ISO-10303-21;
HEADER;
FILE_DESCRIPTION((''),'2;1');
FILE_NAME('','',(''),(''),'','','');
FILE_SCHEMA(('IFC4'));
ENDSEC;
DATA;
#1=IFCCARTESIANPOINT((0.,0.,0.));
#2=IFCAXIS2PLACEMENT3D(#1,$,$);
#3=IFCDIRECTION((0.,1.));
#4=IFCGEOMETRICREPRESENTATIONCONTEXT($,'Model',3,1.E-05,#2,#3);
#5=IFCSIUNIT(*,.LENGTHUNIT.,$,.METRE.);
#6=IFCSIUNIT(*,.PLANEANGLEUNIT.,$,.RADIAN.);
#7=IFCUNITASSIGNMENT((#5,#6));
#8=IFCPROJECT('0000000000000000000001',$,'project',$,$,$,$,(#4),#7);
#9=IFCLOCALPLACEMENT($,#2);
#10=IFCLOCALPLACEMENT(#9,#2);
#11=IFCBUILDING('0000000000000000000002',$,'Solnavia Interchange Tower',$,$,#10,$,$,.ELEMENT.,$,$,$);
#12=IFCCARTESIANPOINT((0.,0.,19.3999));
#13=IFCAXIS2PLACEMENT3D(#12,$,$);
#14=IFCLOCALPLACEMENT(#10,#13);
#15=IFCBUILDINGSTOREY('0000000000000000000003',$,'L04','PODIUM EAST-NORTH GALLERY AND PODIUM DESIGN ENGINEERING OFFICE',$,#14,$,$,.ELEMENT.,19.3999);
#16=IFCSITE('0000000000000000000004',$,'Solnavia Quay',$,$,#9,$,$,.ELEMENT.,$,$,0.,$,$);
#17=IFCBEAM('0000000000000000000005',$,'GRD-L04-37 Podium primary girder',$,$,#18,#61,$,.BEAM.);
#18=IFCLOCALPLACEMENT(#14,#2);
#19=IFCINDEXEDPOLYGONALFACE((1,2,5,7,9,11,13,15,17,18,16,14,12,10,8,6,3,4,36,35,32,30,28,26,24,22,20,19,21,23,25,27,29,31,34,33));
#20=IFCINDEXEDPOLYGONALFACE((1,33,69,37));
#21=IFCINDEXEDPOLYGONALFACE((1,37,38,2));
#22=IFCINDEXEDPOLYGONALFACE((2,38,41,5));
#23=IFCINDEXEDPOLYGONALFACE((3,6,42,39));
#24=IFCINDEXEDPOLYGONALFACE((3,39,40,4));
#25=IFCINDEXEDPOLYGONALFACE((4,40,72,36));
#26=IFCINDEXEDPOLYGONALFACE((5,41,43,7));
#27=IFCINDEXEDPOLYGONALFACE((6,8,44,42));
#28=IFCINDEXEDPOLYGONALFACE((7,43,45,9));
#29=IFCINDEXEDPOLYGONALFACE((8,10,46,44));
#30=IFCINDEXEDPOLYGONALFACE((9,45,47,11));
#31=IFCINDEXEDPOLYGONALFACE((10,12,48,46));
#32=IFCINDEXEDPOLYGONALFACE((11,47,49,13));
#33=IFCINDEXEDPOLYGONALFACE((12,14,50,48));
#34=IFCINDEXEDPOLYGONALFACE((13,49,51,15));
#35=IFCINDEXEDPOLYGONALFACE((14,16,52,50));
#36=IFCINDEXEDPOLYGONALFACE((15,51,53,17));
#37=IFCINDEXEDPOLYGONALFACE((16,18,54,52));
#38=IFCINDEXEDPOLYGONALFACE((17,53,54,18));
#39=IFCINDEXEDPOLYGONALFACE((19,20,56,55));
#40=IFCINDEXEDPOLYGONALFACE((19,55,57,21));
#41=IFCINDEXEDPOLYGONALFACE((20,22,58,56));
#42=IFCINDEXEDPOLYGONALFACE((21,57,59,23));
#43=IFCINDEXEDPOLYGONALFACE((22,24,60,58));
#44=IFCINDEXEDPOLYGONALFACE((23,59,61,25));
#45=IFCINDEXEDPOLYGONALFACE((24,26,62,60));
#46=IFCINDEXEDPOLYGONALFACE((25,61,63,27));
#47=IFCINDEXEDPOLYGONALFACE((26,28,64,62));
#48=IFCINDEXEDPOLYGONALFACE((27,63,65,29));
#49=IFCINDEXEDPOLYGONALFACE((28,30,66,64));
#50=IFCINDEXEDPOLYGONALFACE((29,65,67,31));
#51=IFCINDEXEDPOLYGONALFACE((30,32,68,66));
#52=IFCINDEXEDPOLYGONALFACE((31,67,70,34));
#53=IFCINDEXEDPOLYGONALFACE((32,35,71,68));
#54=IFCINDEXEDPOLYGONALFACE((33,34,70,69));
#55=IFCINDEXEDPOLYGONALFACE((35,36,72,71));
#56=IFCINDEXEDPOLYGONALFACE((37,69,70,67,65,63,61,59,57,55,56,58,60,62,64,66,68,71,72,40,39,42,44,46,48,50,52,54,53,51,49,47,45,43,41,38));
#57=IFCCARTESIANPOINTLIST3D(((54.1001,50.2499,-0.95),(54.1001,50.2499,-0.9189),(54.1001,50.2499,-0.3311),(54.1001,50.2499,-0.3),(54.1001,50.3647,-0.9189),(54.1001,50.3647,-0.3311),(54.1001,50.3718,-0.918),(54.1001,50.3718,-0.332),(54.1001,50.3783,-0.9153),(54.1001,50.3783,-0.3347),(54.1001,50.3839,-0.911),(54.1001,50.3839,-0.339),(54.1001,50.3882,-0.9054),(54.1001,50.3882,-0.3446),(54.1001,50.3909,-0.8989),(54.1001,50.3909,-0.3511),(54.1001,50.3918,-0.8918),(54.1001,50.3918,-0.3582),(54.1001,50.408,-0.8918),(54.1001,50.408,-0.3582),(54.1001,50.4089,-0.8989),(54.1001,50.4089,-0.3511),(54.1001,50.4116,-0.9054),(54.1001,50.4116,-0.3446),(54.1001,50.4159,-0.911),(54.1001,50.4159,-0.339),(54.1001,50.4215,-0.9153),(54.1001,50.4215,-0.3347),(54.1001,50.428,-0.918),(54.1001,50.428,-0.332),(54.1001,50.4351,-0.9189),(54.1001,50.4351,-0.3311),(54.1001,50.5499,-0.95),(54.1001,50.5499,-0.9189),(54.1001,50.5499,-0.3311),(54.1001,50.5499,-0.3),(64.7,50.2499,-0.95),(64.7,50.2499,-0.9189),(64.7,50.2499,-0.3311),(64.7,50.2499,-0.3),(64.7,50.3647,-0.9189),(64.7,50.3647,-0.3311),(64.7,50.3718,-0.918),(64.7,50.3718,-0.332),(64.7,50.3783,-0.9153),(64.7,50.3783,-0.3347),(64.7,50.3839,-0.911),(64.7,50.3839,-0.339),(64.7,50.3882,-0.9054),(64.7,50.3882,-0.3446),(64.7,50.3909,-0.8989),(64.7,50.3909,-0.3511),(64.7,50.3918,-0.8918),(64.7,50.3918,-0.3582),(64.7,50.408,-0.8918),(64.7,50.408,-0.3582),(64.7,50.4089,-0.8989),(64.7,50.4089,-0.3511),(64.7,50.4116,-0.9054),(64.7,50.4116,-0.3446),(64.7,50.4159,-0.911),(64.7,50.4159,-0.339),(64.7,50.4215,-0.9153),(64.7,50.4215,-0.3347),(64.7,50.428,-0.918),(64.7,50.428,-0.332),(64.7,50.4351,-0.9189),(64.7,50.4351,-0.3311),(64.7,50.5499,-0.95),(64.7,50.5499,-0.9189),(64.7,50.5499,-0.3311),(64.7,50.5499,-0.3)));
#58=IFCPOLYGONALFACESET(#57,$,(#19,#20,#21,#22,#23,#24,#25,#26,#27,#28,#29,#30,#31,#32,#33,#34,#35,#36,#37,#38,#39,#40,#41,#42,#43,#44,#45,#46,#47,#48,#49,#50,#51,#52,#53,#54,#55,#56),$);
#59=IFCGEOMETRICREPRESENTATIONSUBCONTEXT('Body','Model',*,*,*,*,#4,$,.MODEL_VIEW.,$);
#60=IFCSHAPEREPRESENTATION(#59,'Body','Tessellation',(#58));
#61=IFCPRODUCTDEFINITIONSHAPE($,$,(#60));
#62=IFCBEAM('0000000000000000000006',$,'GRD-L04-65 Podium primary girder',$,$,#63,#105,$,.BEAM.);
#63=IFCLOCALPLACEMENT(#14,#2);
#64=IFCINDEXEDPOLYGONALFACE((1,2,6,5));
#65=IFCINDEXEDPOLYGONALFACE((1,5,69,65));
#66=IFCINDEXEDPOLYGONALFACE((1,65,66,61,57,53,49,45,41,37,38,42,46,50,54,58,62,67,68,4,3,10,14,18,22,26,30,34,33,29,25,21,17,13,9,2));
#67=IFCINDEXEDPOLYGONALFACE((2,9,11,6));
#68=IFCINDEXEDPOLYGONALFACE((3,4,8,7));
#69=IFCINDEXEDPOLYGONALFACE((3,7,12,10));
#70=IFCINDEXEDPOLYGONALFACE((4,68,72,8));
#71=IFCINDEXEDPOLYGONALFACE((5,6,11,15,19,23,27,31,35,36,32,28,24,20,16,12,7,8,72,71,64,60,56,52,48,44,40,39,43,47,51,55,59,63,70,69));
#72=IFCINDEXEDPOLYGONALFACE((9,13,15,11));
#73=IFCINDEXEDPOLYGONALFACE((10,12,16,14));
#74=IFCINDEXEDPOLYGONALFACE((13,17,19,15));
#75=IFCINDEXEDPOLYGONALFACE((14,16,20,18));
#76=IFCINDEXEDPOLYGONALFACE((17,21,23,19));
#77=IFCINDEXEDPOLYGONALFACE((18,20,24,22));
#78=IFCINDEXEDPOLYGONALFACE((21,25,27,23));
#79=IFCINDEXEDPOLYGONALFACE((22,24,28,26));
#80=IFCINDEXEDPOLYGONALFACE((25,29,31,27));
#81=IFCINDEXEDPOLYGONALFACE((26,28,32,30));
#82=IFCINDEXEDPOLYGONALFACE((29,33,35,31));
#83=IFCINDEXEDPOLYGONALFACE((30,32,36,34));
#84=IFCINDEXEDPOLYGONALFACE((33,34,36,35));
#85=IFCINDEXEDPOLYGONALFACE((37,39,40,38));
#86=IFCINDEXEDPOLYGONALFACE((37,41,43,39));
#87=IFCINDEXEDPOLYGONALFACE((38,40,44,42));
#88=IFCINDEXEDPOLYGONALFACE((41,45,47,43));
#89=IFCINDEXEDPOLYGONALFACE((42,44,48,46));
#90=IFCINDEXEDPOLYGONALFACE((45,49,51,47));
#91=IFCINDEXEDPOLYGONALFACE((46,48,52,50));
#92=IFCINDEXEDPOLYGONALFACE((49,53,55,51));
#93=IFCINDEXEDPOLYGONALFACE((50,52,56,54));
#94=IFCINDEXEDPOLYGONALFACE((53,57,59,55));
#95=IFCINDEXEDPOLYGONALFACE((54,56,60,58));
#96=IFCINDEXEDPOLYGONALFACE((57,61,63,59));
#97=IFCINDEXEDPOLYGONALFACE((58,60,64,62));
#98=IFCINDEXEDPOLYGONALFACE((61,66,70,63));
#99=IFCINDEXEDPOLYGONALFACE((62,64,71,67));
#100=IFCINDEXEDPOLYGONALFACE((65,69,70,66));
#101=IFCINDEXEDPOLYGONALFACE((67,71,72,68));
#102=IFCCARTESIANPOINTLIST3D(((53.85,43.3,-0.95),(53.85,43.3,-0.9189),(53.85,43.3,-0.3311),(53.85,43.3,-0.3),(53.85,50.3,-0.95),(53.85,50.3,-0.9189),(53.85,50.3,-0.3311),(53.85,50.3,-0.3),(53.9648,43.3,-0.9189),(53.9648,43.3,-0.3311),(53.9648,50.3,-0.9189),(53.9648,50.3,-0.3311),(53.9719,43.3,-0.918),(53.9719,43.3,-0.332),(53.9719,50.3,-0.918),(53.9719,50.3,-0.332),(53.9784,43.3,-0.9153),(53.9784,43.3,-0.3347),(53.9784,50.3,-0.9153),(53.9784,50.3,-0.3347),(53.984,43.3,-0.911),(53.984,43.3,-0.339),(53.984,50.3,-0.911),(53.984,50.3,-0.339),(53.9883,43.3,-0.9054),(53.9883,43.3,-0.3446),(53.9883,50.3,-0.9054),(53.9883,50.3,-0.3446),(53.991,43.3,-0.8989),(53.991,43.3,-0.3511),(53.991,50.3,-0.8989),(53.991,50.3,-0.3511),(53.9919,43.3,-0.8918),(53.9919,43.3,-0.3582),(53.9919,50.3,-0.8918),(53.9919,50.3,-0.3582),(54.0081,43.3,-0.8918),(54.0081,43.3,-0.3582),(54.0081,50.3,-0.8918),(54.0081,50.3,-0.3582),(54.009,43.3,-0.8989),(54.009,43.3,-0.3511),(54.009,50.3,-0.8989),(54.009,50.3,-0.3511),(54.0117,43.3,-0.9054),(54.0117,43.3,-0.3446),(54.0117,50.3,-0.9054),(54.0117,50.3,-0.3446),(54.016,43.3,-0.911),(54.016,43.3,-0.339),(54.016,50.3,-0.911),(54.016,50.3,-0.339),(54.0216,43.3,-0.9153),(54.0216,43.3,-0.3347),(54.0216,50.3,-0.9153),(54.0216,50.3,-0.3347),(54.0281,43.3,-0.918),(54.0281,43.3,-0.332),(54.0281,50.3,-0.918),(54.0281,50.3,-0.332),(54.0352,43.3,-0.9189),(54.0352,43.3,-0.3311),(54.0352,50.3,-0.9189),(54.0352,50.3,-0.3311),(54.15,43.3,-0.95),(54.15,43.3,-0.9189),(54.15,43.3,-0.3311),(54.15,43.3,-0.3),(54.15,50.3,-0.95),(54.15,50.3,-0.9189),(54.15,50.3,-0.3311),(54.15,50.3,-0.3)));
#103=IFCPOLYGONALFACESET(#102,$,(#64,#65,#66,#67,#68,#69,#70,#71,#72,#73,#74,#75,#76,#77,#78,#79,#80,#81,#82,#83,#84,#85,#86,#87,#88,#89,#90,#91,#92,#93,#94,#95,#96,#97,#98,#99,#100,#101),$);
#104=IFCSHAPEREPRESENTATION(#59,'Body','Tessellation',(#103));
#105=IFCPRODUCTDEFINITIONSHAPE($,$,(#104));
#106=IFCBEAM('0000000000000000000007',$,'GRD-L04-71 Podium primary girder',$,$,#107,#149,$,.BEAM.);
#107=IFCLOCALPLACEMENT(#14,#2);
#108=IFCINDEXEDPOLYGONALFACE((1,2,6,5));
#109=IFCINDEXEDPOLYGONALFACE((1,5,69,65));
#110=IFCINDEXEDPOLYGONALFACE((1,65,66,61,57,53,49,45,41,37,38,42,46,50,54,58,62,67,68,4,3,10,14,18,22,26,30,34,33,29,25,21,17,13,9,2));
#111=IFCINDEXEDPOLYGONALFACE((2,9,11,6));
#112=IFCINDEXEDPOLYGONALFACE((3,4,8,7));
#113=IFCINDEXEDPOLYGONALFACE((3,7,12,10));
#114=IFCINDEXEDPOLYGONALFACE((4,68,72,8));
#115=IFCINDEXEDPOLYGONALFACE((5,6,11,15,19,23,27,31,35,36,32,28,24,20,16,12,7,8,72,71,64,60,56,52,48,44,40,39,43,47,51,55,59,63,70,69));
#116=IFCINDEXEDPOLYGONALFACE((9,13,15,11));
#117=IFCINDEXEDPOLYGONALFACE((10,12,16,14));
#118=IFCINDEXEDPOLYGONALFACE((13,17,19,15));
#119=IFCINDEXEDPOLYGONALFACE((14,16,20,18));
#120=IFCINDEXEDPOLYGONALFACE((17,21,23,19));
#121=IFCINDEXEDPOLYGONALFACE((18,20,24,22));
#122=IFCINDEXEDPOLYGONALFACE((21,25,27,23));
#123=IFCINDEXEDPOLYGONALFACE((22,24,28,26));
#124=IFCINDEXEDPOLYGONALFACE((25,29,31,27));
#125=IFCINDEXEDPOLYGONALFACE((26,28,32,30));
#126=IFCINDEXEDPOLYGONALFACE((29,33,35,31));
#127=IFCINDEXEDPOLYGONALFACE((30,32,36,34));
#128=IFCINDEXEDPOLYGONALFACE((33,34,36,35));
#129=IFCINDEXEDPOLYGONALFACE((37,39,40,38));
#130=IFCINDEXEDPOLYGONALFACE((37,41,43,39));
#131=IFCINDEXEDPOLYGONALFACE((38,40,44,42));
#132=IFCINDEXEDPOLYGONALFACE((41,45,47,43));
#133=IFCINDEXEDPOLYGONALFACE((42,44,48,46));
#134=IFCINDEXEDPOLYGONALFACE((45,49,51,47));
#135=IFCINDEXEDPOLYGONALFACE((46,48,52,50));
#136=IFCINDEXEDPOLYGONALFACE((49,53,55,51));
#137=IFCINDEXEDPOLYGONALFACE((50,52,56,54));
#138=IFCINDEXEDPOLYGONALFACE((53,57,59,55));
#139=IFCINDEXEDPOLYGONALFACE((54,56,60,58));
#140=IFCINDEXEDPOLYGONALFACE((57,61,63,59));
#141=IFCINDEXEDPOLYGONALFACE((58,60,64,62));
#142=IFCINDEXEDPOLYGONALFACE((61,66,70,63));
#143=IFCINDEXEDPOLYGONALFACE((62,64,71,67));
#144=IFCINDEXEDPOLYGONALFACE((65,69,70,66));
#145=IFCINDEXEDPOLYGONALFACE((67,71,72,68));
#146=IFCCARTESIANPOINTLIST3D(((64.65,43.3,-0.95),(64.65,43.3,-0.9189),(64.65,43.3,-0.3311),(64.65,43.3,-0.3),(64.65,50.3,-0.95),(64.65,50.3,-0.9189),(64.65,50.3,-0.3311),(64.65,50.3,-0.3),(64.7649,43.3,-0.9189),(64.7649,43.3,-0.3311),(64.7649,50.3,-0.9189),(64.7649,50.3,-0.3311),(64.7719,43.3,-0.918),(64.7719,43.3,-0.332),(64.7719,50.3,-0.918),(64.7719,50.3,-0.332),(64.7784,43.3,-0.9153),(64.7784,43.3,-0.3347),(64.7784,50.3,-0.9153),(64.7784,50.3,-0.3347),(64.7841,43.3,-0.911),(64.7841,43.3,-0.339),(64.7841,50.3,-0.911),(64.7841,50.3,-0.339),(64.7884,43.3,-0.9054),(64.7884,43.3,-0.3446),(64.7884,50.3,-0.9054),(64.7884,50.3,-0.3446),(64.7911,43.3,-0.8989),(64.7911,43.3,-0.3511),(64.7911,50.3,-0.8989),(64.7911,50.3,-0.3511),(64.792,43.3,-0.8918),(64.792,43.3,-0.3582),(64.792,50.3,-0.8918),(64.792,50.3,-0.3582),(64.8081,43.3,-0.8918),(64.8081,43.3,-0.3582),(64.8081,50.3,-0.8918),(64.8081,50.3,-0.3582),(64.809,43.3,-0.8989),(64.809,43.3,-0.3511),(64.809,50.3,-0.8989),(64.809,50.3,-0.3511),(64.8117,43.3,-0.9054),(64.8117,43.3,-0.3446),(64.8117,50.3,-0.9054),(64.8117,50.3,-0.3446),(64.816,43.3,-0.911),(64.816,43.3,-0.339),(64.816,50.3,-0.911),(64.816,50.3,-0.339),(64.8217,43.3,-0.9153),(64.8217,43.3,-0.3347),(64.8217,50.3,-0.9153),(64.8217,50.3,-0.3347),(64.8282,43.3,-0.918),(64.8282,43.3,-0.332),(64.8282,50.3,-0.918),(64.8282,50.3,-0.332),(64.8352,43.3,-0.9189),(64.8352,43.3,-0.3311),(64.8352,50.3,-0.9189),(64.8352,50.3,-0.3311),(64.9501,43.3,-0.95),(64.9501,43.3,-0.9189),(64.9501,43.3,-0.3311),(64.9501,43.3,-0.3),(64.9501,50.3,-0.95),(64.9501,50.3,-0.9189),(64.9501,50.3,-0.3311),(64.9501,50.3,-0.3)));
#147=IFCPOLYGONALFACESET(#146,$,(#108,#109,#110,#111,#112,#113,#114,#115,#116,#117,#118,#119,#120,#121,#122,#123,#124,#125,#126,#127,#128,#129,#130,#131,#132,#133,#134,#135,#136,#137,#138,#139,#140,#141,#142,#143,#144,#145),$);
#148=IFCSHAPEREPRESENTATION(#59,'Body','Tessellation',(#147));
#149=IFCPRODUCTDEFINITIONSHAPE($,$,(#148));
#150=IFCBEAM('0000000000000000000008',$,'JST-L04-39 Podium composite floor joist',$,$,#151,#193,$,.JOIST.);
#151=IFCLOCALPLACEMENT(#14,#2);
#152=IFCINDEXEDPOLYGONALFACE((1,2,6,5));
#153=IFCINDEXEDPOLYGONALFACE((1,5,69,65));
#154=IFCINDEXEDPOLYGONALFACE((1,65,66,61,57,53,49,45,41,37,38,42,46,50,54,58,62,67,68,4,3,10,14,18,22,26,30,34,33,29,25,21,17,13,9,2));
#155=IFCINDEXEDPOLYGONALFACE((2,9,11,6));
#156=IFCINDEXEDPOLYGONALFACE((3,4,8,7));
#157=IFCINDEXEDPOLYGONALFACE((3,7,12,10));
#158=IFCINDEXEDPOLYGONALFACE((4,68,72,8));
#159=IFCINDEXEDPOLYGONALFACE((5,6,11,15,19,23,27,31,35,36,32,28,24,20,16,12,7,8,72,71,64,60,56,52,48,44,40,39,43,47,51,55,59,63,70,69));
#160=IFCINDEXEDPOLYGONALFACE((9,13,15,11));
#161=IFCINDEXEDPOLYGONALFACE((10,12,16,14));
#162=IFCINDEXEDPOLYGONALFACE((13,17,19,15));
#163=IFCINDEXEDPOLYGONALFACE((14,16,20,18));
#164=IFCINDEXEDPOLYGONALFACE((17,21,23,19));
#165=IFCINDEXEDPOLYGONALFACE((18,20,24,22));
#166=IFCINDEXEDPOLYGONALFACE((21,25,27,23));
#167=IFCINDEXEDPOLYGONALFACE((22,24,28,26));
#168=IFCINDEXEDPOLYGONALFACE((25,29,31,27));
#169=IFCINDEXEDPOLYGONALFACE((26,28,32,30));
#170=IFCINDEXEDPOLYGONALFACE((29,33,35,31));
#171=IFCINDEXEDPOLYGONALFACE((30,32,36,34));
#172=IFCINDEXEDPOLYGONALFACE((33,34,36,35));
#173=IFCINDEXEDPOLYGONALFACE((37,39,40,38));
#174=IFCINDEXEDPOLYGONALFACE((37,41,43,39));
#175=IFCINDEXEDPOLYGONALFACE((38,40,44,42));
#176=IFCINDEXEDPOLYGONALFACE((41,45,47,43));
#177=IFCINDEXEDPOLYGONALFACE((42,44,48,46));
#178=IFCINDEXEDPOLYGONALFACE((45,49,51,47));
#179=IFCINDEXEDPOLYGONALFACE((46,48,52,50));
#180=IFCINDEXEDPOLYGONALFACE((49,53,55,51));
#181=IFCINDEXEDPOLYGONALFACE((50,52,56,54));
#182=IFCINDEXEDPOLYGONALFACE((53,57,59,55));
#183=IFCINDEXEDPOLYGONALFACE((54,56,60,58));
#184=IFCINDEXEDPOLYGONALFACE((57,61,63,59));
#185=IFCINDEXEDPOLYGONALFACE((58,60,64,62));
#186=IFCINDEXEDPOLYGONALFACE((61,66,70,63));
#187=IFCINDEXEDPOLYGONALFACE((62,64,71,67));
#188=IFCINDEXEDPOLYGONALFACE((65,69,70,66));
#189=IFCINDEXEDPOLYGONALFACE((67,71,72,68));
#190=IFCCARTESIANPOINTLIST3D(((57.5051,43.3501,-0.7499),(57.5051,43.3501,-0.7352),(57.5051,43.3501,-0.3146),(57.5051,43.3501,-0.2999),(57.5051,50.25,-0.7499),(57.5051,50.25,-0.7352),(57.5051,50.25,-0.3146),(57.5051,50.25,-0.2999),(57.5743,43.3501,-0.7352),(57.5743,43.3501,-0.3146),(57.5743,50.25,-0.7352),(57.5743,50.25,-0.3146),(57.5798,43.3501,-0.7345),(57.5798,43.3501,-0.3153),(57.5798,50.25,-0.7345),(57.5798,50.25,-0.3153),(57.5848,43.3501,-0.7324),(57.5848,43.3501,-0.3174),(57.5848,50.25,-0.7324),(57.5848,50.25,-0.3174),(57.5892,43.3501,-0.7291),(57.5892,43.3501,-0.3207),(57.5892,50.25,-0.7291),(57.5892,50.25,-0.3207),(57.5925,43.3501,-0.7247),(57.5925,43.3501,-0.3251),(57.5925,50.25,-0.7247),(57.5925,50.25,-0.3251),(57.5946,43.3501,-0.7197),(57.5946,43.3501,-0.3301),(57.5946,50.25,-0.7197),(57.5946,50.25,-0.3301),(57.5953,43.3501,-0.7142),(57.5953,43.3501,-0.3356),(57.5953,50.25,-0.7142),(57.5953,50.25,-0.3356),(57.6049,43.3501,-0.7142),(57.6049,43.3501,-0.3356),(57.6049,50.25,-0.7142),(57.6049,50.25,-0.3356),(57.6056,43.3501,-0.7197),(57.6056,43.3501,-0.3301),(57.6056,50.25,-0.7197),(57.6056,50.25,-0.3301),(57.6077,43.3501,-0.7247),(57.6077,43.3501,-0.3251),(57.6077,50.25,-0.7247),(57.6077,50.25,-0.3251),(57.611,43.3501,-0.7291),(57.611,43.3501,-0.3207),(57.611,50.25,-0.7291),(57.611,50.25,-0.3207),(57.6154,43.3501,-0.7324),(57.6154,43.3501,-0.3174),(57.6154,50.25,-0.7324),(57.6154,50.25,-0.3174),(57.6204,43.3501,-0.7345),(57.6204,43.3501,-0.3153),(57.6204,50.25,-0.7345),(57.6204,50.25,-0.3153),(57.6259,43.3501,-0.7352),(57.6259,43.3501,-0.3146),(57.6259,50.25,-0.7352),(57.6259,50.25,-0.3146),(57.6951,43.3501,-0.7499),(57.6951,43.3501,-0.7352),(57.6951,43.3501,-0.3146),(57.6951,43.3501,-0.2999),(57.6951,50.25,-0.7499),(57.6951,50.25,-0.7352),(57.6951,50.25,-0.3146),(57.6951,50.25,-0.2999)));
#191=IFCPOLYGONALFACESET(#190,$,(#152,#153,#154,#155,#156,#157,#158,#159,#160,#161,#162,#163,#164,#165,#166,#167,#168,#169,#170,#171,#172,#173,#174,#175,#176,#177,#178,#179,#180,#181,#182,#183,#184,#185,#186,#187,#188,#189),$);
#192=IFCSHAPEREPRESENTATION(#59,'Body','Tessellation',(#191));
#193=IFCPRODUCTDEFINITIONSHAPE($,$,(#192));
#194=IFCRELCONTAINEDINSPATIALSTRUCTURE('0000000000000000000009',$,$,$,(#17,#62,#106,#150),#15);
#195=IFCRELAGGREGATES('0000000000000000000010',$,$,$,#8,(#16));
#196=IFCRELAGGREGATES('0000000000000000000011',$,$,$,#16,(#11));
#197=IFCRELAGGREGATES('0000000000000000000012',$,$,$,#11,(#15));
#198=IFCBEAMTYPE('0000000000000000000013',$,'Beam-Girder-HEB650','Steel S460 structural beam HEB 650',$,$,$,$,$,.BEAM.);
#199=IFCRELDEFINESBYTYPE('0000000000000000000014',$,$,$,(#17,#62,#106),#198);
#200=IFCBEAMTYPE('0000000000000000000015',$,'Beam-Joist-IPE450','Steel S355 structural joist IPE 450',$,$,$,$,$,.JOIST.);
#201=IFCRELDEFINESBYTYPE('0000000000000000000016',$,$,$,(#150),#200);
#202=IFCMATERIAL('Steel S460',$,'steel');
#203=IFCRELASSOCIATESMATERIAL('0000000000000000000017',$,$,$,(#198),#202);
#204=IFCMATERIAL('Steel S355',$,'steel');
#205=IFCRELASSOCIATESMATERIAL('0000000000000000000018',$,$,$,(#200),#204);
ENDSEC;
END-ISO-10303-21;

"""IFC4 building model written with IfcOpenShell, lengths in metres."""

from ifc_helpers import new_model, si_unit, direction, frame, origin, origin_2d, place, context, subcontext, project, spatial, i_section, extrude, material, material_profile, profile_set, type_object, element, save


model = new_model("IFC4")

# Units and contexts
model_context = context("Model", 3, precision=1e-05, world=origin(), true_north=direction((0.0, 1.0)))
body_context = subcontext(model_context, "Body", "Model", "MODEL_VIEW")
ifc_project = project(units=[si_unit("LENGTHUNIT", "METRE"), si_unit("PLANEANGLEUNIT", "RADIAN")], contexts=[model_context])

# Site, building, storey
site_placement = place(None, origin())
site = spatial("IfcSite", under=ifc_project, at=site_placement, Name="Solnavia Quay", CompositionType="ELEMENT", RefElevation=0.0)
building_placement = place(site_placement, origin())
building = spatial("IfcBuilding", under=site, at=building_placement, Name="Solnavia Interchange Tower", CompositionType="ELEMENT")
storey_placement = place(building_placement, frame((0.0, 0.0, 19.3999)))
storey = spatial("IfcBuildingStorey", under=building, at=storey_placement, Name="L04", Description="PODIUM EAST-NORTH GALLERY AND PODIUM DESIGN ENGINEERING OFFICE", CompositionType="ELEMENT", Elevation=19.3999)

# Beams
ifc_material_1 = material(Name="Steel S460", Category="steel")
ifc_material_profile_1 = material_profile(ifc_material_1, i_section(OverallWidth=0.3, OverallDepth=0.6499, WebThickness=0.0161, FlangeThickness=0.031, FilletRadius=0.0271, at=origin_2d()), Name="HEB 650")
ifc_profile_set_1 = profile_set([ifc_material_profile_1], Name="Steel S460")
beam_type_1 = type_object("IfcBeamType", Name="Beam-Girder-HEB650", Description="Steel S460 structural beam HEB 650", PredefinedType="BEAM", material=ifc_profile_set_1)
for number, where, z_axis, x_axis, name in (
    (1, (54.1001, 50.3999, -0.625), (1.0, 0.0, 0.0), (0.0, 1.0, 0.0), "GRD-L04-37 Podium primary girder"),
):
    element("IfcBeam", number, at=place(storey_placement, frame(where, z_axis=z_axis, x_axis=x_axis)), inside=storey, type_object=beam_type_1, Name=name, PredefinedType="BEAM", context=body_context, shape_type="SweptSolid", body=[
        extrude(i_section(OverallWidth=0.3, OverallDepth=0.6499, WebThickness=0.0161, FlangeThickness=0.031, FilletRadius=0.0271, at=origin_2d()), origin(), (0.0, 0.0, 1.0), 10.5999),
    ])
for number, where, z_axis, x_axis, name in (
    (2, (54.0, 43.3, -0.625), (0.0, 1.0, 0.0), (-1.0, 0.0, 0.0), "GRD-L04-65 Podium primary girder"),
    (3, (64.8, 43.3, -0.625), (0.0, 1.0, 0.0), (-1.0, 0.0, 0.0), "GRD-L04-71 Podium primary girder"),
):
    element("IfcBeam", number, at=place(storey_placement, frame(where, z_axis=z_axis, x_axis=x_axis)), inside=storey, type_object=beam_type_1, Name=name, PredefinedType="BEAM", context=body_context, shape_type="SweptSolid", body=[
        extrude(i_section(OverallWidth=0.3, OverallDepth=0.6499, WebThickness=0.0161, FlangeThickness=0.031, FilletRadius=0.0271, at=origin_2d()), origin(), (0.0, 0.0, 1.0), 7.0),
    ])
ifc_material_2 = material(Name="Steel S355", Category="steel")
ifc_material_profile_2 = material_profile(ifc_material_2, i_section(OverallWidth=0.1899, OverallDepth=0.45, WebThickness=0.0095, FlangeThickness=0.0146, FilletRadius=0.021, at=origin_2d()), Name="IPE 450")
ifc_profile_set_2 = profile_set([ifc_material_profile_2], Name="Steel S355")
beam_type_2 = type_object("IfcBeamType", Name="Beam-Joist-IPE450", Description="Steel S355 structural joist IPE 450", PredefinedType="JOIST", material=ifc_profile_set_2)
for number, where, z_axis, x_axis, name in (
    (4, (57.6001, 43.3501, -0.5249), (0.0, 1.0, 0.0), (-1.0, 0.0, 0.0), "JST-L04-39 Podium composite floor joist"),
):
    element("IfcBeam", number, at=place(storey_placement, frame(where, z_axis=z_axis, x_axis=x_axis)), inside=storey, type_object=beam_type_2, Name=name, PredefinedType="JOIST", context=body_context, shape_type="SweptSolid", body=[
        extrude(i_section(OverallWidth=0.1899, OverallDepth=0.45, WebThickness=0.0095, FlangeThickness=0.0146, FilletRadius=0.021, at=origin_2d()), origin(), (0.0, 0.0, 1.0), 6.8999),
    ])

save(model, "model.ifc")
